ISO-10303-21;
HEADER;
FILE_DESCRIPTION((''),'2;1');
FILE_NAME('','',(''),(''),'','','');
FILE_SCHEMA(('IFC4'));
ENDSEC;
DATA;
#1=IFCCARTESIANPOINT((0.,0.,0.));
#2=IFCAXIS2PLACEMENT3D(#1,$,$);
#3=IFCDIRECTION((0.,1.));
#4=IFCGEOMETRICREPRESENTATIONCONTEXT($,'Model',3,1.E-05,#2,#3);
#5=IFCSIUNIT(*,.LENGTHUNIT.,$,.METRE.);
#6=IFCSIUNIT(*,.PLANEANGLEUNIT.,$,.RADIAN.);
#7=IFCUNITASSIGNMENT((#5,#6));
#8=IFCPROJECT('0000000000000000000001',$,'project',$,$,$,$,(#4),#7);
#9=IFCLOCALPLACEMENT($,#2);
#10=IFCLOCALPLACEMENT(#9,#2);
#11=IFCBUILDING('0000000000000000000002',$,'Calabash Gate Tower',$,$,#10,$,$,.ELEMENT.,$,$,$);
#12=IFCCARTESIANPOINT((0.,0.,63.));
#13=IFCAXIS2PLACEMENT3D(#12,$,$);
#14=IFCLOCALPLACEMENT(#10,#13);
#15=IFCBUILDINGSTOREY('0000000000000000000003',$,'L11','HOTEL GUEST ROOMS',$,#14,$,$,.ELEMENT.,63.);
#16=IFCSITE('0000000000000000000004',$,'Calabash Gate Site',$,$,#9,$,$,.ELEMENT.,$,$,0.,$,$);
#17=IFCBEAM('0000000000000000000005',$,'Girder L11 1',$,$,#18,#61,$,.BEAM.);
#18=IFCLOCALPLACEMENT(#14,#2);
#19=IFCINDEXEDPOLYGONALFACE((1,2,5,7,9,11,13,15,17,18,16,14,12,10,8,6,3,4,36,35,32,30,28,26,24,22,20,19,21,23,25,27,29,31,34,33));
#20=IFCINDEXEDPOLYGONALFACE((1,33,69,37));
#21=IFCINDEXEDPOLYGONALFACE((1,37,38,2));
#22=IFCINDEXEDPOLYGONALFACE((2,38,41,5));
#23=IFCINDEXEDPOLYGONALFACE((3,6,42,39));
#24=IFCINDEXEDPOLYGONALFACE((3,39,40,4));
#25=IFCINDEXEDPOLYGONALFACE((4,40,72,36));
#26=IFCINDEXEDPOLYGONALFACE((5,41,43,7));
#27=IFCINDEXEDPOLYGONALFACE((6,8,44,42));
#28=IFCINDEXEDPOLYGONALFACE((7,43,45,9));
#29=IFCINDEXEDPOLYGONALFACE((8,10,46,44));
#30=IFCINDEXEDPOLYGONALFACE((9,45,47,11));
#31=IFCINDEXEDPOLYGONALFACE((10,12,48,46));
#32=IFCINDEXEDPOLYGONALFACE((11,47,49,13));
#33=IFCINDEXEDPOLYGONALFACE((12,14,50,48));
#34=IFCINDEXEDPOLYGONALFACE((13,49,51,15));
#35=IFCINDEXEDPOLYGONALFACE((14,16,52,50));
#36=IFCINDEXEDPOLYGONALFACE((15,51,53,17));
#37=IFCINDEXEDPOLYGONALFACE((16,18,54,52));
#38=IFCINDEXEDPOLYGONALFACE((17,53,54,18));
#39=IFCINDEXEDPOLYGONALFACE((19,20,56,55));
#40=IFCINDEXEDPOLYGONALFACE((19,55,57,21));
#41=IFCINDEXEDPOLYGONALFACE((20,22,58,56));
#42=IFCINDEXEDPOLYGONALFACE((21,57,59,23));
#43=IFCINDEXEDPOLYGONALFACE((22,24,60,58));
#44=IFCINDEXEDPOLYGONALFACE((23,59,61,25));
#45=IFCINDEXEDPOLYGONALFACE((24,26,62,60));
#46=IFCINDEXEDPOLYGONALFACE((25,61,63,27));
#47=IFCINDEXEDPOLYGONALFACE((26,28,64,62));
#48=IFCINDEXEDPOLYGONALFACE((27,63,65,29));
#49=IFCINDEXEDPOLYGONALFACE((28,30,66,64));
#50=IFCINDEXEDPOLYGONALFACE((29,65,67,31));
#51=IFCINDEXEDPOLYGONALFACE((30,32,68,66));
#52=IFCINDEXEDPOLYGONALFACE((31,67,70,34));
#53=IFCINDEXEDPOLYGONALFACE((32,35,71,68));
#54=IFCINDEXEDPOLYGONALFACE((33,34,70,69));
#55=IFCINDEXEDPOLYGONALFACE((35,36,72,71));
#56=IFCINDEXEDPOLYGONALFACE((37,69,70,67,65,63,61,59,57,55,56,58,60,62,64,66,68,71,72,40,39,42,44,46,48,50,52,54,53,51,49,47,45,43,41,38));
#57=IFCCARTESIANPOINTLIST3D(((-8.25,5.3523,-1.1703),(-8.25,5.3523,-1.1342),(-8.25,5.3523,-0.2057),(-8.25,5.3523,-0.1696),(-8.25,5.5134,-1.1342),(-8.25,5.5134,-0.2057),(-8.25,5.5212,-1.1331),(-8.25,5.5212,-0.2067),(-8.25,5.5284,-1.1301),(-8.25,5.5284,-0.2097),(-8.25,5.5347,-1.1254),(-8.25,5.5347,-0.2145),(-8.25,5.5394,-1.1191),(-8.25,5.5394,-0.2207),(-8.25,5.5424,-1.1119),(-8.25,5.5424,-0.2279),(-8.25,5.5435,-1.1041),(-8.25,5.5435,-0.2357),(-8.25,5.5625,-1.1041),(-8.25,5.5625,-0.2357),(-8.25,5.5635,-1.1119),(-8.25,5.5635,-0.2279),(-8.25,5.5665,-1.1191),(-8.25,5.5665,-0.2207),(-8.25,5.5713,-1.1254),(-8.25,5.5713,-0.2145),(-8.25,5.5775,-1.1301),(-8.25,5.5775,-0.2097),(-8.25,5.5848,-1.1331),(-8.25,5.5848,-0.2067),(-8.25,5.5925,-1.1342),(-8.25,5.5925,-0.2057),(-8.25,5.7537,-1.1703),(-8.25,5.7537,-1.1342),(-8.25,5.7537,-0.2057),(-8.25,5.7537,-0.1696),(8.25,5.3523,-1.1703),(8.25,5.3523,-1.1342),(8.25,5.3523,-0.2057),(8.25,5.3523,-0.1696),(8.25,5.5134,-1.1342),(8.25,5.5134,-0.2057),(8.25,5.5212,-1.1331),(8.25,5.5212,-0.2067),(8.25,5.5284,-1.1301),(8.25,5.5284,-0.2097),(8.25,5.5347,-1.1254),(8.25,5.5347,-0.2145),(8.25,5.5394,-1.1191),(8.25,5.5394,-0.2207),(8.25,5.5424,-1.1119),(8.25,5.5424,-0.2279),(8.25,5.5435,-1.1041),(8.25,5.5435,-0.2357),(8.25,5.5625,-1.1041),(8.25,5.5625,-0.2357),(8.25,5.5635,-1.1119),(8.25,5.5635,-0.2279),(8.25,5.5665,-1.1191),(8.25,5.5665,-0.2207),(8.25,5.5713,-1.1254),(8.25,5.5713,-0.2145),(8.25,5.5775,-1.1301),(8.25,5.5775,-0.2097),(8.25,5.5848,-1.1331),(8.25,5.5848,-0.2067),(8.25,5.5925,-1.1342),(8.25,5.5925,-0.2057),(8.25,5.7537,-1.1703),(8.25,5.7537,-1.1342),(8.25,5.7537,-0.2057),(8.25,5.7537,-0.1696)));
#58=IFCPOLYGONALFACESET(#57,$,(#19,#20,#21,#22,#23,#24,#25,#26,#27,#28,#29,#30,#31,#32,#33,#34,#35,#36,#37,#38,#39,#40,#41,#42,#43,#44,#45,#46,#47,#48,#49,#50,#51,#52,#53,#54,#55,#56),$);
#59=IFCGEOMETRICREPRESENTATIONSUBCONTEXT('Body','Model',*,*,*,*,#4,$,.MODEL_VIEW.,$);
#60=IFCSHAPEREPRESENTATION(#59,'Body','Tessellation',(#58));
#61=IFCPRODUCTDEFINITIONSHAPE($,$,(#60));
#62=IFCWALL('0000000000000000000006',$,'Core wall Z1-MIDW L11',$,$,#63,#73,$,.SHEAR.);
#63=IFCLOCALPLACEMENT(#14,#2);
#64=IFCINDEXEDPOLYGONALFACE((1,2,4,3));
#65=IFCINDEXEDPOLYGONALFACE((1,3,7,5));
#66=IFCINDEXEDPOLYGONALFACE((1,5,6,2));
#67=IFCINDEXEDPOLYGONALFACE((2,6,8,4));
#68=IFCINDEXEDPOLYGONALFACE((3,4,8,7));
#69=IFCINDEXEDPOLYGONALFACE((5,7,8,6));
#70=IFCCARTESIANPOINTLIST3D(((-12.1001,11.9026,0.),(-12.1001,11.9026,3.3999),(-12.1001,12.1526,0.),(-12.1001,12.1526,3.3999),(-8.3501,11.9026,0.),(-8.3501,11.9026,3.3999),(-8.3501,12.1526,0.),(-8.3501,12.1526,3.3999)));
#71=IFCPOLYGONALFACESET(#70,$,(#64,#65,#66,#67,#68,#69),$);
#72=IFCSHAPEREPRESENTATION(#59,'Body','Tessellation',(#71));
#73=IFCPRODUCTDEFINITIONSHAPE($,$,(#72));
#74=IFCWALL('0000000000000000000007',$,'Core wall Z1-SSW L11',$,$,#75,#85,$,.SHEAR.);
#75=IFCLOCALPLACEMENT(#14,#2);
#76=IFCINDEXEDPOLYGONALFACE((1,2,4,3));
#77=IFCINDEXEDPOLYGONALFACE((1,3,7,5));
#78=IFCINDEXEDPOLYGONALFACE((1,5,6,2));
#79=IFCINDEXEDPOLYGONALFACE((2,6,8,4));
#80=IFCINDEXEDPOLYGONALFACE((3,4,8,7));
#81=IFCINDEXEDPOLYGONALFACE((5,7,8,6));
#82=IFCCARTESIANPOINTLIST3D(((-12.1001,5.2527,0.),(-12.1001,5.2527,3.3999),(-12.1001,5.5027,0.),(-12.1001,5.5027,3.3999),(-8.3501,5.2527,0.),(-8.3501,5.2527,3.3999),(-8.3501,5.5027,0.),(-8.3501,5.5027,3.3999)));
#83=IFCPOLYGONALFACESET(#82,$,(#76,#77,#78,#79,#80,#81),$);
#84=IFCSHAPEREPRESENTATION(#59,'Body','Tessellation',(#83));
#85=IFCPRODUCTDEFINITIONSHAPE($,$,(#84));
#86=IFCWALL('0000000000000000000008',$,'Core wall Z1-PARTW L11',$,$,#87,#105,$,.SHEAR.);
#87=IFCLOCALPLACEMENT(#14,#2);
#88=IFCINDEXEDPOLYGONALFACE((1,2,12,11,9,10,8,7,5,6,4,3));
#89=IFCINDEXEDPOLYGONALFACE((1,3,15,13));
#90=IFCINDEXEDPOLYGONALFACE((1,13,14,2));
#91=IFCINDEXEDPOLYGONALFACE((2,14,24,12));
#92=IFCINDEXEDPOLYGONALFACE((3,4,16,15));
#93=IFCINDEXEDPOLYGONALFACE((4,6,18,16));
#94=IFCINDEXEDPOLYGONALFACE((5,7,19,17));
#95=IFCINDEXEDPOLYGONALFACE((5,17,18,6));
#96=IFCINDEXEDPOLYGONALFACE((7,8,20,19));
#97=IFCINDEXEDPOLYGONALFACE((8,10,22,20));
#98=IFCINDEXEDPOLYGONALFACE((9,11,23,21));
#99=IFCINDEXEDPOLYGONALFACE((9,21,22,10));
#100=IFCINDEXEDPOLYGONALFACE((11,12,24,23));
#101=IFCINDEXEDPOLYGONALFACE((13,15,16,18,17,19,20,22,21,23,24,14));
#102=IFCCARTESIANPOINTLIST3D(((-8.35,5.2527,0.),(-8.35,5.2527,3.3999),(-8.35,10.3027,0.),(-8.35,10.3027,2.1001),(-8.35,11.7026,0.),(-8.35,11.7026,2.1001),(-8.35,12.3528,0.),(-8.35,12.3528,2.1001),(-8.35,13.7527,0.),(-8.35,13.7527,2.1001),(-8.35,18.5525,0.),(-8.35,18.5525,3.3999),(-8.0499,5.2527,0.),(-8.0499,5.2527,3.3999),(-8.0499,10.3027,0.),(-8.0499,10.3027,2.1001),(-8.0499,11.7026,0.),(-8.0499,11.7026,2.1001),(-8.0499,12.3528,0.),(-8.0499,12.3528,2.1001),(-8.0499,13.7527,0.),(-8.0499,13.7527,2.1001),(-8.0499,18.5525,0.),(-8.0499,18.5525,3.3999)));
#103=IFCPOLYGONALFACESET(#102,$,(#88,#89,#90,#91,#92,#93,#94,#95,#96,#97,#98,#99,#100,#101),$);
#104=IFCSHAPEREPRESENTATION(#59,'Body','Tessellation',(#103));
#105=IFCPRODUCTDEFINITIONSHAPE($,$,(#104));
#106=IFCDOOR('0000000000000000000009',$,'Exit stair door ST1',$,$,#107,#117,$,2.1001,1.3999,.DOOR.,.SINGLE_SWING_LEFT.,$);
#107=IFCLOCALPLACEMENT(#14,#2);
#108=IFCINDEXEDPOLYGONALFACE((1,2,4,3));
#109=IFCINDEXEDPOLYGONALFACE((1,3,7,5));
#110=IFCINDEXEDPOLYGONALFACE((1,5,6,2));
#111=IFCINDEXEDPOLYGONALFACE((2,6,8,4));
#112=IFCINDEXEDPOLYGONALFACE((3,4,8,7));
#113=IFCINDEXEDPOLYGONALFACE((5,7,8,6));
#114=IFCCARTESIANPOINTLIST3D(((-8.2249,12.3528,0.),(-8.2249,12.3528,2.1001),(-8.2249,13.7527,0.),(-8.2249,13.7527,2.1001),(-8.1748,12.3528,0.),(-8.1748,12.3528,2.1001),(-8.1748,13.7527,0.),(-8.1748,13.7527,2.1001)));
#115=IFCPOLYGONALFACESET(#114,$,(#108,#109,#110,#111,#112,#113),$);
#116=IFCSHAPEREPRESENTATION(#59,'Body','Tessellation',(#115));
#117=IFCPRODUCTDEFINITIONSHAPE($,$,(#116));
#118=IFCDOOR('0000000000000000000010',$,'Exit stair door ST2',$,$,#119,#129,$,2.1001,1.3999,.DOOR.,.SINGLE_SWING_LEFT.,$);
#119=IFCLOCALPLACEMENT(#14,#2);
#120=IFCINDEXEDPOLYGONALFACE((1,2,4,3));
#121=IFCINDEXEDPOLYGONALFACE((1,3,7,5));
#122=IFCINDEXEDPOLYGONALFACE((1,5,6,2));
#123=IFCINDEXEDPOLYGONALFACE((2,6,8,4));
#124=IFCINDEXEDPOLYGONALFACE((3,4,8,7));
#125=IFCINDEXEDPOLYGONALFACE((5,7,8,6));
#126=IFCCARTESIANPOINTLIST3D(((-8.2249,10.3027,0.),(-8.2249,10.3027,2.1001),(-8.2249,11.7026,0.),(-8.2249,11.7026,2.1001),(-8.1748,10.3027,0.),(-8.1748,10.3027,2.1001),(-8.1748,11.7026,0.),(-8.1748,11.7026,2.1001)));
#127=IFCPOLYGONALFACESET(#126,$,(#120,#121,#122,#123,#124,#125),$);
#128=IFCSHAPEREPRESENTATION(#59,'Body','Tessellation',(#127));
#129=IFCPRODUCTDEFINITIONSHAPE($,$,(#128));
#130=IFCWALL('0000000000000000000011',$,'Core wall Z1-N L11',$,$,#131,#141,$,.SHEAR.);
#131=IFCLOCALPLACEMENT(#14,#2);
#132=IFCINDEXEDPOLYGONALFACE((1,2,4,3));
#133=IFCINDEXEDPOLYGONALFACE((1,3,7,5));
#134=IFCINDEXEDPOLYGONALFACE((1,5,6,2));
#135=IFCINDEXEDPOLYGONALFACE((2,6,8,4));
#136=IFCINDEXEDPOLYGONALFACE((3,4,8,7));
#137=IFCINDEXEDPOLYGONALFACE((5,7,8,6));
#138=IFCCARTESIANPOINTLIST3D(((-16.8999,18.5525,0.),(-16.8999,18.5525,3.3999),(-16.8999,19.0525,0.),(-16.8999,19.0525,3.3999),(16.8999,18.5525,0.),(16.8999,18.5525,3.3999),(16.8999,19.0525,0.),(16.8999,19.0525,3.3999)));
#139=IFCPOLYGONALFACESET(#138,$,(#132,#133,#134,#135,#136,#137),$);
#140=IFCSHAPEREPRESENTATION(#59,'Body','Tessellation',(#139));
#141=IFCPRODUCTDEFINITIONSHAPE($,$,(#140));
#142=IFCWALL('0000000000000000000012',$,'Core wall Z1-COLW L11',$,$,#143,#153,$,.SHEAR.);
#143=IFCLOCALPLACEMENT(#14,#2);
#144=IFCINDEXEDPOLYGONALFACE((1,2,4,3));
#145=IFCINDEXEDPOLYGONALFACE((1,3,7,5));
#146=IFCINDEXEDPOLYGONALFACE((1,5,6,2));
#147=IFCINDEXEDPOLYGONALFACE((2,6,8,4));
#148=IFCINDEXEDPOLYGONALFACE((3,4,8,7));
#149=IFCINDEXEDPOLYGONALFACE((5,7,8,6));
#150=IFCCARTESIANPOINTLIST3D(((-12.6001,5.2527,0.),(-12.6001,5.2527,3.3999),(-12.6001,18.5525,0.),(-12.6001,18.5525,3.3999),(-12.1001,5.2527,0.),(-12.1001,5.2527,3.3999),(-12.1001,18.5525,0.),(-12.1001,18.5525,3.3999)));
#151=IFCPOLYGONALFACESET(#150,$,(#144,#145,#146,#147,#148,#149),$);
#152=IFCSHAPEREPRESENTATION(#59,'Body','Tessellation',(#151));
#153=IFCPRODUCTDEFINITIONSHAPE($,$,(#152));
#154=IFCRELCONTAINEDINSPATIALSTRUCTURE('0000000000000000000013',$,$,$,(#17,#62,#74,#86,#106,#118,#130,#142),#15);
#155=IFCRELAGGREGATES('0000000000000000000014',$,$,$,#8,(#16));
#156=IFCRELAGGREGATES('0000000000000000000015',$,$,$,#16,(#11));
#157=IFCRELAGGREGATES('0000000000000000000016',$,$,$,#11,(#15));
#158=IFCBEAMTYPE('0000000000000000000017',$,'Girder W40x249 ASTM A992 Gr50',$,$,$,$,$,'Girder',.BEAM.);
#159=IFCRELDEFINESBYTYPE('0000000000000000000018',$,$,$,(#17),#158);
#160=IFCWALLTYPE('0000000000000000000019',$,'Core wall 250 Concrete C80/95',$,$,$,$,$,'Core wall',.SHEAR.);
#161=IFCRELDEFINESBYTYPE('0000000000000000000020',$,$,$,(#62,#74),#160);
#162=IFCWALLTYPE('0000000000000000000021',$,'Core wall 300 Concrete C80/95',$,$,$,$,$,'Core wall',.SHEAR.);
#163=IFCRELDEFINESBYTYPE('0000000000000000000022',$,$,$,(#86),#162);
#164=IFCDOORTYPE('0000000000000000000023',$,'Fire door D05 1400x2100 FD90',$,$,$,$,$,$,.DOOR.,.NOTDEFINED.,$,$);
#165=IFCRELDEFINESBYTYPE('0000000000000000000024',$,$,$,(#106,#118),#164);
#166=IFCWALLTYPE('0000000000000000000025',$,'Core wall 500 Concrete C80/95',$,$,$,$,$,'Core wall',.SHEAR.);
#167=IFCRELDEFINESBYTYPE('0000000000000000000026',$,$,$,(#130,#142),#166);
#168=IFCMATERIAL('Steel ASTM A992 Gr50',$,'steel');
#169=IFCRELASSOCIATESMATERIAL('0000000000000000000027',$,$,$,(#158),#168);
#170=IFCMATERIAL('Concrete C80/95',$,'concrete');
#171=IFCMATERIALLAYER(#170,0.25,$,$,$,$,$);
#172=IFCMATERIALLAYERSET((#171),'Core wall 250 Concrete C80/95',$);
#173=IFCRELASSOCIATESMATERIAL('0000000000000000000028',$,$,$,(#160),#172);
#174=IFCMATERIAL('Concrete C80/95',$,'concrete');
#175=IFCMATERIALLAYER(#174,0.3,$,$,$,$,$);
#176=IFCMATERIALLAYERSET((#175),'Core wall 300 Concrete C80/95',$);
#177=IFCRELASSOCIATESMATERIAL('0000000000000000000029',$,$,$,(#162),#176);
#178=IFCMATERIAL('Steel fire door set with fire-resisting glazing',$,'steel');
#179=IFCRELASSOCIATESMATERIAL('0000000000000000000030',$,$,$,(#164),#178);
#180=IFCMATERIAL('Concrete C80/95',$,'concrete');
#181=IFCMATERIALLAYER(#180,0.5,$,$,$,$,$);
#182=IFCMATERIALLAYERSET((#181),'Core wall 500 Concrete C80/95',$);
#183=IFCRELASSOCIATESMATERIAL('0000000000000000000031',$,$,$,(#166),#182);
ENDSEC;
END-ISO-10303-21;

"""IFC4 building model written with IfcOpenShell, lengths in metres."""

from ifc_helpers import new_model, si_unit, direction, frame, frame_2d, origin, origin_2d, place, context, subcontext, project, spatial, rectangle, i_section, extrude, material, layer, layer_set, material_profile, profile_set, type_object, element, fill, save


model = new_model("IFC4")

# Units and contexts
model_context = context("Model", 3, precision=1e-05, world=origin(), true_north=direction((0.0, 1.0)))
body_context = subcontext(model_context, "Body", "Model", "MODEL_VIEW")
ifc_project = project(units=[si_unit("LENGTHUNIT", "METRE"), si_unit("PLANEANGLEUNIT", "RADIAN")], contexts=[model_context])

# Site, building, storey
site_placement = place(None, origin())
site = spatial("IfcSite", under=ifc_project, at=site_placement, Name="Calabash Gate Site", CompositionType="ELEMENT", RefElevation=0.0)
building_placement = place(site_placement, origin())
building = spatial("IfcBuilding", under=site, at=building_placement, Name="Calabash Gate Tower", CompositionType="ELEMENT")
storey_placement = place(building_placement, frame((0.0, 0.0, 63.0)))
storey = spatial("IfcBuildingStorey", under=building, at=storey_placement, Name="L11", Description="HOTEL GUEST ROOMS", CompositionType="ELEMENT", Elevation=63.0)

# Beam
ifc_material_1 = material(Name="Steel ASTM A992 Gr50", Category="steel")
ifc_material_profile = material_profile(ifc_material_1, i_section(OverallWidth=0.4014, OverallDepth=1.0007, WebThickness=0.019, FlangeThickness=0.0361, FilletRadius=0.03, at=origin_2d()))
ifc_profile_set = profile_set([ifc_material_profile], Name="Steel ASTM A992 Gr50")
beam_type = type_object("IfcBeamType", Name="Girder W40x249 ASTM A992 Gr50", ElementType="Girder", PredefinedType="BEAM", material=ifc_profile_set)
beam_placement = place(storey_placement, frame((-8.25, 5.553, -0.6699), z_axis=(1.0, 0.0, 0.0), x_axis=(0.0, 1.0, 0.0)))
element("IfcBeam", 1, at=beam_placement, inside=storey, type_object=beam_type, Name="Girder L11 1", PredefinedType="BEAM", context=body_context, shape_type="SweptSolid", body=[
    extrude(i_section(OverallWidth=0.4014, OverallDepth=1.0007, WebThickness=0.019, FlangeThickness=0.0361, FilletRadius=0.03, at=origin_2d()), origin(), (0.0, 0.0, 1.0), 16.5),
])

# Walls
ifc_material_2 = material(Name="Concrete C80/95", Category="concrete")
ifc_layer_1 = layer(ifc_material_2, 0.25)
ifc_layer_set_1 = layer_set([ifc_layer_1], Name="Core wall 250 Concrete C80/95")
wall_type_1 = type_object("IfcWallType", Name="Core wall 250 Concrete C80/95", ElementType="Core wall", PredefinedType="SHEAR", material=ifc_layer_set_1)
for number, where, z_axis, x_axis, name in (
    (2, (-12.1001, 12.0276, 0.0), (0.0, 0.0, 1.0), (1.0, 0.0, 0.0), "Core wall Z1-MIDW L11"),
    (3, (-12.1001, 5.3777, 0.0), (0.0, 0.0, 1.0), (1.0, 0.0, 0.0), "Core wall Z1-SSW L11"),
):
    element("IfcWall", number, at=place(storey_placement, frame(where, z_axis=z_axis, x_axis=x_axis)), inside=storey, type_object=wall_type_1, Name=name, PredefinedType="SHEAR", context=body_context, shape_type="SweptSolid", body=[
        extrude(rectangle(XDim=3.75, YDim=0.25, at=frame_2d((1.875, 0.0))), origin(), (0.0, 0.0, 1.0), 3.3999),
    ])

# Wall, openings, doors
ifc_material_3 = material(Name="Concrete C80/95", Category="concrete")
ifc_layer_2 = layer(ifc_material_3, 0.3)
ifc_layer_set_2 = layer_set([ifc_layer_2], Name="Core wall 300 Concrete C80/95")
wall_type_2 = type_object("IfcWallType", Name="Core wall 300 Concrete C80/95", ElementType="Core wall", PredefinedType="SHEAR", material=ifc_layer_set_2)
wall_1_placement = place(storey_placement, frame((-8.2, 5.2527, 0.0), z_axis=(0.0, 0.0, 1.0), x_axis=(0.0, 1.0, 0.0)))
wall_1 = element("IfcWall", 4, at=wall_1_placement, inside=storey, type_object=wall_type_2, Name="Core wall Z1-PARTW L11", PredefinedType="SHEAR", context=body_context, shape_type="SweptSolid", body=[
    extrude(rectangle(XDim=13.2998, YDim=0.3, at=frame_2d((6.6499, 0.0))), origin(), (0.0, 0.0, 1.0), 3.3999),
])
opening_1_placement = place(wall_1_placement, frame((7.1001, 0.0, 0.0)))
opening_1 = element("IfcOpeningElement", 5, at=opening_1_placement, cuts=wall_1, PredefinedType="OPENING", context=body_context, shape_type="SweptSolid", body=[
    extrude(rectangle(XDim=1.3999, YDim=2.1001, at=frame_2d((0.7, 1.05))), frame((0.0, 0.1599, 0.0), z_axis=(0.0, -1.0, 0.0), x_axis=(1.0, 0.0, 0.0)), (0.0, 0.0, 1.0), 0.3201),
])
opening_2_placement = place(wall_1_placement, frame((5.05, 0.0, 0.0)))
opening_2 = element("IfcOpeningElement", 6, at=opening_2_placement, cuts=wall_1, PredefinedType="OPENING", context=body_context, shape_type="SweptSolid", body=[
    extrude(rectangle(XDim=1.3999, YDim=2.1001, at=frame_2d((0.7, 1.05))), frame((0.0, 0.1599, 0.0), z_axis=(0.0, -1.0, 0.0), x_axis=(1.0, 0.0, 0.0)), (0.0, 0.0, 1.0), 0.3201),
])
ifc_material_4 = material(Name="Steel fire door set with fire-resisting glazing", Category="steel")
door_type_1 = type_object("IfcDoorType", Name="Fire door D05 1400x2100 FD90", OperationType="NOTDEFINED", PredefinedType="DOOR", material=ifc_material_4)
door_1_placement = place(opening_1_placement, origin())
door_1 = element("IfcDoor", 7, at=door_1_placement, inside=storey, type_object=door_type_1, Name="Exit stair door ST1", OperationType="SINGLE_SWING_LEFT", OverallHeight=2.1001, OverallWidth=1.3999, PredefinedType="DOOR", context=body_context, shape_type="SweptSolid", body=[
    extrude(rectangle(XDim=1.3999, YDim=2.1001, at=frame_2d((0.7, 1.05))), frame((0.0, 0.0249, 0.0), z_axis=(0.0, -1.0, 0.0), x_axis=(1.0, 0.0, 0.0)), (0.0, 0.0, 1.0), 0.05),
])
fill(opening_1, door_1)
door_2_placement = place(opening_2_placement, origin())
door_2 = element("IfcDoor", 8, at=door_2_placement, inside=storey, type_object=door_type_1, Name="Exit stair door ST2", OperationType="SINGLE_SWING_LEFT", OverallHeight=2.1001, OverallWidth=1.3999, PredefinedType="DOOR", context=body_context, shape_type="SweptSolid", body=[
    extrude(rectangle(XDim=1.3999, YDim=2.1001, at=frame_2d((0.7, 1.05))), frame((0.0, 0.0249, 0.0), z_axis=(0.0, -1.0, 0.0), x_axis=(1.0, 0.0, 0.0)), (0.0, 0.0, 1.0), 0.05),
])
fill(opening_2, door_2)

# Walls
ifc_material_5 = material(Name="Concrete C80/95", Category="concrete")
ifc_layer_3 = layer(ifc_material_5, 0.5)
ifc_layer_set_3 = layer_set([ifc_layer_3], Name="Core wall 500 Concrete C80/95")
wall_type_3 = type_object("IfcWallType", Name="Core wall 500 Concrete C80/95", ElementType="Core wall", PredefinedType="SHEAR", material=ifc_layer_set_3)
wall_2_placement = place(storey_placement, frame((-16.8999, 18.8025, 0.0), z_axis=(0.0, 0.0, 1.0), x_axis=(1.0, 0.0, 0.0)))
element("IfcWall", 9, at=wall_2_placement, inside=storey, type_object=wall_type_3, Name="Core wall Z1-N L11", PredefinedType="SHEAR", context=body_context, shape_type="SweptSolid", body=[
    extrude(rectangle(XDim=33.7998, YDim=0.5, at=frame_2d((16.8999, 0.0))), origin(), (0.0, 0.0, 1.0), 3.3999),
])
wall_3_placement = place(storey_placement, frame((-12.3501, 5.2527, 0.0), z_axis=(0.0, 0.0, 1.0), x_axis=(0.0, 1.0, 0.0)))
element("IfcWall", 10, at=wall_3_placement, inside=storey, type_object=wall_type_3, Name="Core wall Z1-COLW L11", PredefinedType="SHEAR", context=body_context, shape_type="SweptSolid", body=[
    extrude(rectangle(XDim=13.2998, YDim=0.5, at=frame_2d((6.6499, 0.0))), origin(), (0.0, 0.0, 1.0), 3.3999),
])

save(model, "model.ifc")
